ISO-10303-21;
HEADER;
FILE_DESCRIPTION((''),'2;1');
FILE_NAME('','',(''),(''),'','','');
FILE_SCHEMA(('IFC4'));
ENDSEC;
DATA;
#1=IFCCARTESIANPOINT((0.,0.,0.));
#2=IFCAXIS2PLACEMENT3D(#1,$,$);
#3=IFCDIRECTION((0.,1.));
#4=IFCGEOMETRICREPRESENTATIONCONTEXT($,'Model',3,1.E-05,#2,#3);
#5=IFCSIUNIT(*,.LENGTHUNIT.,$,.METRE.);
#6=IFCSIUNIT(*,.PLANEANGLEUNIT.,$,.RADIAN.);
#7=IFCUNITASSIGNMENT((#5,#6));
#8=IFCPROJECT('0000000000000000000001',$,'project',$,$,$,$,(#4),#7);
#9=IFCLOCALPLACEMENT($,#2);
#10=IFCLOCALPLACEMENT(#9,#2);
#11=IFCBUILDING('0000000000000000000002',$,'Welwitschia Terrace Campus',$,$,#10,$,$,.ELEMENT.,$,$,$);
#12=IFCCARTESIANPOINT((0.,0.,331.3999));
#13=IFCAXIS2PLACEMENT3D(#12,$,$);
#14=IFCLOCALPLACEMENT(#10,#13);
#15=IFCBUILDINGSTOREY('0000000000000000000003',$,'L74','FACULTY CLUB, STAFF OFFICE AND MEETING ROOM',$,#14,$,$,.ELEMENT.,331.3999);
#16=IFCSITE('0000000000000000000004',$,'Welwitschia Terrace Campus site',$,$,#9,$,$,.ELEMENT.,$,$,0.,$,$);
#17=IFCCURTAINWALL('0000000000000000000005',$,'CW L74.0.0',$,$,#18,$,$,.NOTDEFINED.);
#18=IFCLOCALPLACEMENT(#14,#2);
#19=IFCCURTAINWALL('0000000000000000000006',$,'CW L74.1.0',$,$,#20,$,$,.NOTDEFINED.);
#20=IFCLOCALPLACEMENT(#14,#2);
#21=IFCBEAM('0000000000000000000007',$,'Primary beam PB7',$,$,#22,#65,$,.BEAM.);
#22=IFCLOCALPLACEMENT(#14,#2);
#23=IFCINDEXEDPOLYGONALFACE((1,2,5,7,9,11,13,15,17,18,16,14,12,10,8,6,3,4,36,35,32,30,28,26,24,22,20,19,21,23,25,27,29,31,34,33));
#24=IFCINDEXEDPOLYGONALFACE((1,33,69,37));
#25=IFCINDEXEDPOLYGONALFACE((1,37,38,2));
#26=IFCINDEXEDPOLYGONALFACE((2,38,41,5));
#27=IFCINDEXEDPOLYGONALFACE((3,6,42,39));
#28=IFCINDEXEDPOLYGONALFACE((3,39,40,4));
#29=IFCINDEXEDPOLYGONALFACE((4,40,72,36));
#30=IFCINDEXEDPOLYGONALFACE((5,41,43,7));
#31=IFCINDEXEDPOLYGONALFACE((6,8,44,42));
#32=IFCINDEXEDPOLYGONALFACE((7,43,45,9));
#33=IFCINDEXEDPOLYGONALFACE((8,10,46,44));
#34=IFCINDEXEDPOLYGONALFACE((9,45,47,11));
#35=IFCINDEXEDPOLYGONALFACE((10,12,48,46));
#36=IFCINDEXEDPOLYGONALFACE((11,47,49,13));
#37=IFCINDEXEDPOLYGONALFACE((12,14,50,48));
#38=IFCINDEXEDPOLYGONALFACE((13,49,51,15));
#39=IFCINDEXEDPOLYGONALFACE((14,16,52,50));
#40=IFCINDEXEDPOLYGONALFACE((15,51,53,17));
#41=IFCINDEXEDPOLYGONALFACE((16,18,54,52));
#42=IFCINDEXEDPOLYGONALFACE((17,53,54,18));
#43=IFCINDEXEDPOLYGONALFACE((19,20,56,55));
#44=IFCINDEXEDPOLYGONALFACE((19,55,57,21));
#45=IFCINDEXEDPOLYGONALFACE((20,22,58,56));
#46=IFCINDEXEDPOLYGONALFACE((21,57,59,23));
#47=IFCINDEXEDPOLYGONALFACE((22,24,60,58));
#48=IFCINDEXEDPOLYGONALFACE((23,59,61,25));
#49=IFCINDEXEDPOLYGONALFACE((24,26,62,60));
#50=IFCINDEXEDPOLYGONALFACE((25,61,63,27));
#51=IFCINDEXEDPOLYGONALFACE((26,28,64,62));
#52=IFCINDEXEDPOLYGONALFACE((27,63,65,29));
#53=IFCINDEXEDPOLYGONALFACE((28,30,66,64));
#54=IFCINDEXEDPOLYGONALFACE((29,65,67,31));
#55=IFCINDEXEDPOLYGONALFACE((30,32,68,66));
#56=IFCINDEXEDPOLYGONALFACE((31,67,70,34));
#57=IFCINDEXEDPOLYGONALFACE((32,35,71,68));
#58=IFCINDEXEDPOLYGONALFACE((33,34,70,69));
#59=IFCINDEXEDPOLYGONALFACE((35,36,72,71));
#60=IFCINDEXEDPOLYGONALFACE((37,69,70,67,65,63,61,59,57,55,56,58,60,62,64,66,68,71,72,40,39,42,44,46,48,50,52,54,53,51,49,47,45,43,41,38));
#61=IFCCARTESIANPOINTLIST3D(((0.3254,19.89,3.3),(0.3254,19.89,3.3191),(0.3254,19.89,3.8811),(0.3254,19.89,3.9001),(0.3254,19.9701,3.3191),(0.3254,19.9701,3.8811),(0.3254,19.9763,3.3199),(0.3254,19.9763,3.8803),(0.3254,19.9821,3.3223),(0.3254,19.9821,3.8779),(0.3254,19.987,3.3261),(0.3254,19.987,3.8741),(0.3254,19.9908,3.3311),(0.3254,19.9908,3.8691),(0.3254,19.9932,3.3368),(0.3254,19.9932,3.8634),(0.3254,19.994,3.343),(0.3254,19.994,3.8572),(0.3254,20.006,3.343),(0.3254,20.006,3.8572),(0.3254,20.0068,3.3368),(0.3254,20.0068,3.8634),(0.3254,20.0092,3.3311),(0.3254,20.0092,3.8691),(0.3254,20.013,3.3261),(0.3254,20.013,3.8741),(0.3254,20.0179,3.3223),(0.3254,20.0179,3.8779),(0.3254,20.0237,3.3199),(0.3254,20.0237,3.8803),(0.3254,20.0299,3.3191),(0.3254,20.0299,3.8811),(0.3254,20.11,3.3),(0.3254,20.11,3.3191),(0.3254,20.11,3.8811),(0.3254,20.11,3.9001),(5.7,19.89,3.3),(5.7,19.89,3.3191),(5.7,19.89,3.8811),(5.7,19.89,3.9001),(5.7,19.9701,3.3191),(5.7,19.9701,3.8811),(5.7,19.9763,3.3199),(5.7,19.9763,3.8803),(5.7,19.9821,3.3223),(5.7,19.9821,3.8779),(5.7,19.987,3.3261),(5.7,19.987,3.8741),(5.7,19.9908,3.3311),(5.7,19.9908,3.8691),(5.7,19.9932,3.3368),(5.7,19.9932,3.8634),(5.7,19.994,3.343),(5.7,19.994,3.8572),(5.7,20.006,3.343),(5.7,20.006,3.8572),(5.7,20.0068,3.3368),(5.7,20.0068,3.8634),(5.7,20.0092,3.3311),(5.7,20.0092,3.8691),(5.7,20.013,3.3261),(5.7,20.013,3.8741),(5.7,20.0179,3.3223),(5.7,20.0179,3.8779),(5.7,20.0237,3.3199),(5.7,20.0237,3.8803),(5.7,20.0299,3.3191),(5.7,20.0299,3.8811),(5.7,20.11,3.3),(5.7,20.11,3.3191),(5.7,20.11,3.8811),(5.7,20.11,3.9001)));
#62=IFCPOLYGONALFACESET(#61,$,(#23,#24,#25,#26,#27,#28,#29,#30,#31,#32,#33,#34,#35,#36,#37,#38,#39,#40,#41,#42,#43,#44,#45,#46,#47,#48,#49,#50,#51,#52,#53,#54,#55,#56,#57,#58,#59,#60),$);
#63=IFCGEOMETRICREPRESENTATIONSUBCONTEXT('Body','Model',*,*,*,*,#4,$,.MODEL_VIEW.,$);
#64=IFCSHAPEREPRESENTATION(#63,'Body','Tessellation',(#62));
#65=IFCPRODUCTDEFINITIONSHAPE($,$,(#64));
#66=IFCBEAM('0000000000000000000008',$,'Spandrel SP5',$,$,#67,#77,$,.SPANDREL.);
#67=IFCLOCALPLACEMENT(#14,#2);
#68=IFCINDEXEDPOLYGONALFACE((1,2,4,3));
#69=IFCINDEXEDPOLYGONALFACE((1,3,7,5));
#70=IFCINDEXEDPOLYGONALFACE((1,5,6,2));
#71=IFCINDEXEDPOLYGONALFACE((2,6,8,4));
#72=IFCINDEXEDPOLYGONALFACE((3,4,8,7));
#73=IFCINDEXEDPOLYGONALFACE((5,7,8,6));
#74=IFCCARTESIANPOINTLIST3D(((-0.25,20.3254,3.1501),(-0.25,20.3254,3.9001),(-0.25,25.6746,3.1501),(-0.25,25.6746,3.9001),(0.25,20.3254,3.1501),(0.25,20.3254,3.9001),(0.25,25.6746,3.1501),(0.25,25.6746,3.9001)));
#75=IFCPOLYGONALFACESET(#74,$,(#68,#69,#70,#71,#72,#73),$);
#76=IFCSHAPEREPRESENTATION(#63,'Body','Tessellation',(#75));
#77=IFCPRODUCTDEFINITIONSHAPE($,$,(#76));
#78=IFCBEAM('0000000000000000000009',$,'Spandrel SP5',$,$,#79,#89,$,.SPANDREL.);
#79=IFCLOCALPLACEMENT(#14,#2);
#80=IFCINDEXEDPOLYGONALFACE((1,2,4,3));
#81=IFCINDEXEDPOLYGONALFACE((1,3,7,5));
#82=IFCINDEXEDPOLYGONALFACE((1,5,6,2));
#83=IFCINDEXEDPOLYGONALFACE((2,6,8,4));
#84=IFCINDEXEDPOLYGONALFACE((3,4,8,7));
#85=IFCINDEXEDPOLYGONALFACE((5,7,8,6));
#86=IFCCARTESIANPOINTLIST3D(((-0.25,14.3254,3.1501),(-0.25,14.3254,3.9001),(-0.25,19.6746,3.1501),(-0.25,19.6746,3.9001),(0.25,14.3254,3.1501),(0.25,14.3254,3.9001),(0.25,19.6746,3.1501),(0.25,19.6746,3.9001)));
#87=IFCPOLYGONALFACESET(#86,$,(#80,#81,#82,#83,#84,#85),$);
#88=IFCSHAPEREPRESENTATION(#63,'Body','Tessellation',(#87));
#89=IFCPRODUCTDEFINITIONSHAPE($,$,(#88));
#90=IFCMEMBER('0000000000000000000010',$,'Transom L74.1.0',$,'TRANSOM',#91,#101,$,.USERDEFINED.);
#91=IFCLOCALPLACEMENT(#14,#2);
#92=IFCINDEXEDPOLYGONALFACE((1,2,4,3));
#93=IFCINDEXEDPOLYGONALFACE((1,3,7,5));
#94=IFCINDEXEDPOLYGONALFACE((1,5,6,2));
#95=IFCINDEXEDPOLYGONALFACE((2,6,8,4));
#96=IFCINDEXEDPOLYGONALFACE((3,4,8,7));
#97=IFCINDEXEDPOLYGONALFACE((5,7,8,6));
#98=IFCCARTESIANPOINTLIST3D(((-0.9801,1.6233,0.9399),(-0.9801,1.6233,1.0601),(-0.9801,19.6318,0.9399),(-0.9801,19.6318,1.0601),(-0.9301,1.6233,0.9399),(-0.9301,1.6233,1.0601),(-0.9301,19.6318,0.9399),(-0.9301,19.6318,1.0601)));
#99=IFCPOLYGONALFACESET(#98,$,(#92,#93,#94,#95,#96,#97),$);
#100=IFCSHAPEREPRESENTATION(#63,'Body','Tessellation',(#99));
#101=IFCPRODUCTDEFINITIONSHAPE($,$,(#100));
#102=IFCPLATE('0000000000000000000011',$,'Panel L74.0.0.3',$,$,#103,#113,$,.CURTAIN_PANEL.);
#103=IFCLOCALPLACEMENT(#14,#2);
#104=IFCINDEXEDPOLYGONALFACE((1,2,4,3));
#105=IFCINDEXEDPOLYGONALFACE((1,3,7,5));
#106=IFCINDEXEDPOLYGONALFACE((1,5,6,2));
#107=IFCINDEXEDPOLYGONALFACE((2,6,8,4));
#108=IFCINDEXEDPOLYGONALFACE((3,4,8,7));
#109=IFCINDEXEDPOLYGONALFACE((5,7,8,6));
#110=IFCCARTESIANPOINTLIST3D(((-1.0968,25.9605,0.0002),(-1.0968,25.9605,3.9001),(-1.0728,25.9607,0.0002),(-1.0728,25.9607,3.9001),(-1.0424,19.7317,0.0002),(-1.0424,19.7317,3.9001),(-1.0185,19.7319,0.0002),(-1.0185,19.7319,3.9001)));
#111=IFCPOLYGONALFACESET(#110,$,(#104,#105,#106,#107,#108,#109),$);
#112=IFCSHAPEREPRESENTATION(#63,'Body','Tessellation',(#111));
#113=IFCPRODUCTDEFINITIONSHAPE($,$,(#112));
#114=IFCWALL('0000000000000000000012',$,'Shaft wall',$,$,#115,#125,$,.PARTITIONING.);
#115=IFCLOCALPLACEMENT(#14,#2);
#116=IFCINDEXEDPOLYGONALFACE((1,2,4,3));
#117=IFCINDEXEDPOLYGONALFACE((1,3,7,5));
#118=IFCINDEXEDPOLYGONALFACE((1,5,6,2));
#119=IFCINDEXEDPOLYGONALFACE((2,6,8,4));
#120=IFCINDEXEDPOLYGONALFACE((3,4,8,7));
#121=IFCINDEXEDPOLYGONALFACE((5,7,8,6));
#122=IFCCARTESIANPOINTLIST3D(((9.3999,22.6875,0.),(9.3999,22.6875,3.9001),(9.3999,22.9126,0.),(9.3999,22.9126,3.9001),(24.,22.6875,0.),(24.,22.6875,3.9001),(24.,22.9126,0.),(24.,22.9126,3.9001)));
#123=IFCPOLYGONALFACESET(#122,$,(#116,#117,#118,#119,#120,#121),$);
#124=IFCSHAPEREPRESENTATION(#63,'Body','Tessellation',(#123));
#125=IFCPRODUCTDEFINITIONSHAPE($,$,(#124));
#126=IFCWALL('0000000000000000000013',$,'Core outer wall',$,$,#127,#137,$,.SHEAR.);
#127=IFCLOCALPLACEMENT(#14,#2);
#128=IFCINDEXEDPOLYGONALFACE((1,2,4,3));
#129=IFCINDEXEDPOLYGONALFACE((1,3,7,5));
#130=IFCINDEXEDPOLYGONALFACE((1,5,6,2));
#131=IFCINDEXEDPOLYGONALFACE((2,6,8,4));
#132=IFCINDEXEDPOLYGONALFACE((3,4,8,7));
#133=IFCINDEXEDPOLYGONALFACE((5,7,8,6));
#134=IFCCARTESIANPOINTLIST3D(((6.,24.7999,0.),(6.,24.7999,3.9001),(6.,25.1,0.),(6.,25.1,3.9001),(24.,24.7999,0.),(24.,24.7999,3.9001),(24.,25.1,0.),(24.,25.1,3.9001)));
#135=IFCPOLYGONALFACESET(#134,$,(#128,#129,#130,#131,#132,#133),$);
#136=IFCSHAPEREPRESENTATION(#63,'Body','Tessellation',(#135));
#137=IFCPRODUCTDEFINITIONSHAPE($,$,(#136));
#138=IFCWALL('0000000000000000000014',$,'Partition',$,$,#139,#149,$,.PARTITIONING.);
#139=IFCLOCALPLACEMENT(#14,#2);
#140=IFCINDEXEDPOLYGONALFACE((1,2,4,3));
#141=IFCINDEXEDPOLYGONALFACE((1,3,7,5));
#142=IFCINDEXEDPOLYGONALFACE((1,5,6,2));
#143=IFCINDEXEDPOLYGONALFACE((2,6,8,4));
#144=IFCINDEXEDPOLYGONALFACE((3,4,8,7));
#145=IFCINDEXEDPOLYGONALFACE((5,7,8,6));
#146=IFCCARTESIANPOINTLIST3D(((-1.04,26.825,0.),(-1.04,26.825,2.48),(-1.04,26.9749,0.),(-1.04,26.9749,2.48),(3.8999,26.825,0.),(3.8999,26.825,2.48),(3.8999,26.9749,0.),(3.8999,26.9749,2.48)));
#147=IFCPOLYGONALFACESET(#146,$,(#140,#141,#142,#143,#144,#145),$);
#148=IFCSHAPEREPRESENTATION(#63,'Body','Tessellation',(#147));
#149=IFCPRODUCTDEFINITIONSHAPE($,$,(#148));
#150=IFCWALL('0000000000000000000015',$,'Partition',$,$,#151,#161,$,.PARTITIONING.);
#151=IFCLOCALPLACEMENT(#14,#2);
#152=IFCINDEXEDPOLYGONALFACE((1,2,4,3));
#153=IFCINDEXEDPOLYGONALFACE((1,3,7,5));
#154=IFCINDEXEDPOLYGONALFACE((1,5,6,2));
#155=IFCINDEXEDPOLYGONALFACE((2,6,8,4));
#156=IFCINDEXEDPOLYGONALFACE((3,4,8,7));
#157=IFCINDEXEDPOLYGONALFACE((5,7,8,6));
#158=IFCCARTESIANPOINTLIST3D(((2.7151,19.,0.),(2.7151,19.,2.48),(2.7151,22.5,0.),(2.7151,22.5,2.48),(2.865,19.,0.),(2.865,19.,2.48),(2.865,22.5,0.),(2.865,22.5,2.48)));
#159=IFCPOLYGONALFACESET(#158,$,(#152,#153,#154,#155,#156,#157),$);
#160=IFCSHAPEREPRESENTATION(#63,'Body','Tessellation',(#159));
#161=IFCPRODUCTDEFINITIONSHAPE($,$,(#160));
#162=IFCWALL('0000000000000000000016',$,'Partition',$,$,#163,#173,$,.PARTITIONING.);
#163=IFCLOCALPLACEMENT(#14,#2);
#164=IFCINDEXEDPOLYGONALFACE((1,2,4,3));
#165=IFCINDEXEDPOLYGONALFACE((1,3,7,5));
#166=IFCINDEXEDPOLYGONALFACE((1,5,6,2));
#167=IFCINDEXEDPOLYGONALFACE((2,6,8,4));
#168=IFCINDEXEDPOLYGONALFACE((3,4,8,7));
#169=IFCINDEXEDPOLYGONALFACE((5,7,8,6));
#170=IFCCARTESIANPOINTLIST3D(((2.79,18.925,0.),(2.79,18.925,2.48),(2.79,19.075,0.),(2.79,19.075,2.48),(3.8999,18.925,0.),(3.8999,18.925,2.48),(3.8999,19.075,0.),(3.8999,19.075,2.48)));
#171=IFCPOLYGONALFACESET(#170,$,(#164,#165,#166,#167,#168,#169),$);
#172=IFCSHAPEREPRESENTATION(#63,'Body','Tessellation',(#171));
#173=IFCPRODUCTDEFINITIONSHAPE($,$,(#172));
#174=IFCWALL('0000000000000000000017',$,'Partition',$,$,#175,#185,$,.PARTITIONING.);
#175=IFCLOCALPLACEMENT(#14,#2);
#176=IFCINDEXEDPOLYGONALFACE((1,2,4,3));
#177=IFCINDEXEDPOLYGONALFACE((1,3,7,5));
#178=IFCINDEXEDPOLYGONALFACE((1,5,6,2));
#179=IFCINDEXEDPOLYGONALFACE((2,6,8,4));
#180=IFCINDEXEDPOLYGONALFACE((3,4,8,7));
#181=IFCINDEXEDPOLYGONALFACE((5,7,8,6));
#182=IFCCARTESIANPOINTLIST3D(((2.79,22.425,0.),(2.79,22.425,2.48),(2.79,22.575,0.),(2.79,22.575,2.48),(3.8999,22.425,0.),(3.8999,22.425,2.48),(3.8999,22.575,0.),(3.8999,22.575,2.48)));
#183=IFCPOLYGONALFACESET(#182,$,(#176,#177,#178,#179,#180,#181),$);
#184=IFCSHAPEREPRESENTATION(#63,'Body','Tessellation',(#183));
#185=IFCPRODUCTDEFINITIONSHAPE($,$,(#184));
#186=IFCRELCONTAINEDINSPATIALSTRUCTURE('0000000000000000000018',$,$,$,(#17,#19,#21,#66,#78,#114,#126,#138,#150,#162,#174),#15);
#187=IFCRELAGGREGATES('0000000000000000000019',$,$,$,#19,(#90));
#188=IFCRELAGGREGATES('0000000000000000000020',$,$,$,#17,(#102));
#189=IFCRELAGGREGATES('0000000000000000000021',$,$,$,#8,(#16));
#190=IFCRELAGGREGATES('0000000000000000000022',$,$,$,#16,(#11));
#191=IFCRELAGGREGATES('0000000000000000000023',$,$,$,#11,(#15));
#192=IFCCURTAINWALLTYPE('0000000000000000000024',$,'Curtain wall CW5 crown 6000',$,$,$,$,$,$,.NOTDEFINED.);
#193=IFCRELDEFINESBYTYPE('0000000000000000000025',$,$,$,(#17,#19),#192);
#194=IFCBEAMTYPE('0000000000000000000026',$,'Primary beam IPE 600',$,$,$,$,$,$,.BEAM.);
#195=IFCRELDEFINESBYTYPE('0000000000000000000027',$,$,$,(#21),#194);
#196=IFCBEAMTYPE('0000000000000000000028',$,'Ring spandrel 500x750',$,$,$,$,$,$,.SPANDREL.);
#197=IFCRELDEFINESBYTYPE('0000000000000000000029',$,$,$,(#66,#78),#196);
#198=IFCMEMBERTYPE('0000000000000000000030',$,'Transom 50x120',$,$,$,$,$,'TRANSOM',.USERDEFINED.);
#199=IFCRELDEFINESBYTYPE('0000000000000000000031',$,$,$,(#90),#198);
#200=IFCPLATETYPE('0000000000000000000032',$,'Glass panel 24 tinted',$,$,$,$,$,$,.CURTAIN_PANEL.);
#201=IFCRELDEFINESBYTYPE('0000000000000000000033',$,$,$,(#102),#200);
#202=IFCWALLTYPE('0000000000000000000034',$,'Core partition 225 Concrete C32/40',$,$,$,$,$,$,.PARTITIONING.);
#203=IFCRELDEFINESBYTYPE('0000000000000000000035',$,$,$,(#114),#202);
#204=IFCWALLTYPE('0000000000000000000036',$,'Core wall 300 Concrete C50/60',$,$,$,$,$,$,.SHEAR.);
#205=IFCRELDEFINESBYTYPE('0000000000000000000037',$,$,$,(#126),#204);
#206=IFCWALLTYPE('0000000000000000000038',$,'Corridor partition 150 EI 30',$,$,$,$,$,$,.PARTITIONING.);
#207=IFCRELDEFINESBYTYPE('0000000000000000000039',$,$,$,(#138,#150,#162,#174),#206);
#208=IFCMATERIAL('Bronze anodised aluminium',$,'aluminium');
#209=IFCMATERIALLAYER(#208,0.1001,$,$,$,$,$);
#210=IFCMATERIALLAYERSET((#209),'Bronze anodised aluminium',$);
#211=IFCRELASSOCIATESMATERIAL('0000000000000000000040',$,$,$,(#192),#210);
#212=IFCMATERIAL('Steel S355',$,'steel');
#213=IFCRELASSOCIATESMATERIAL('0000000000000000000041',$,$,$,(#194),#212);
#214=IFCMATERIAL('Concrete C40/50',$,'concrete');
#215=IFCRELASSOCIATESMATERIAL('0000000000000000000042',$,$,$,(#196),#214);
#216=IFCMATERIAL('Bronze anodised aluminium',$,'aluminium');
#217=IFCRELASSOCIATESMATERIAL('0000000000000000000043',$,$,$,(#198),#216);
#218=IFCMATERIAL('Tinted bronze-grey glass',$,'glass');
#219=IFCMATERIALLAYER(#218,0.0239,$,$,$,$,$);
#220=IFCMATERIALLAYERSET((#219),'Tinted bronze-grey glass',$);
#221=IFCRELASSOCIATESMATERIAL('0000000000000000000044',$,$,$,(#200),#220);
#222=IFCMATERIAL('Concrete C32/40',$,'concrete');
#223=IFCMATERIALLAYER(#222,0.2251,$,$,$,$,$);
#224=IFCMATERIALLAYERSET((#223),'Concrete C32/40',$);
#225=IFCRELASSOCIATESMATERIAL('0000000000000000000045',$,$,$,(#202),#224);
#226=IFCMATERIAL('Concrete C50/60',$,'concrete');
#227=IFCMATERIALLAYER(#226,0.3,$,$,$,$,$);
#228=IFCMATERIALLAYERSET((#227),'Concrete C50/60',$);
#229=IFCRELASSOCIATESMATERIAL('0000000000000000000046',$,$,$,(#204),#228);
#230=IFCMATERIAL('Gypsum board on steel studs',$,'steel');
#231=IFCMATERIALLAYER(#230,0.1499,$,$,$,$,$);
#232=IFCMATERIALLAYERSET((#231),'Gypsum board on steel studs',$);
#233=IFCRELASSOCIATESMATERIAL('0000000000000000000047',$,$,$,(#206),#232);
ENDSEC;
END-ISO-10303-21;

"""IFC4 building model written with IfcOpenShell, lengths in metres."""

from ifc_helpers import new_model, si_unit, direction, frame, frame_2d, origin, origin_2d, place, context, subcontext, project, spatial, rectangle, i_section, extrude, material, layer, layer_set, material_profile, profile_set, type_object, element, aggregate, save


model = new_model("IFC4")

# Units and contexts
model_context = context("Model", 3, precision=1e-05, world=origin(), true_north=direction((0.0, 1.0)))
body_context = subcontext(model_context, "Body", "Model", "MODEL_VIEW")
ifc_project = project(units=[si_unit("LENGTHUNIT", "METRE"), si_unit("PLANEANGLEUNIT", "RADIAN")], contexts=[model_context])

# Site, building, storey
site_placement = place(None, origin())
site = spatial("IfcSite", under=ifc_project, at=site_placement, Name="Welwitschia Terrace Campus site", CompositionType="ELEMENT", RefElevation=0.0)
building_placement = place(site_placement, origin())
building = spatial("IfcBuilding", under=site, at=building_placement, Name="Welwitschia Terrace Campus", CompositionType="ELEMENT")
storey_placement = place(building_placement, frame((0.0, 0.0, 331.3999)))
storey = spatial("IfcBuildingStorey", under=building, at=storey_placement, Name="L74", Description="FACULTY CLUB, STAFF OFFICE AND MEETING ROOM", CompositionType="ELEMENT", Elevation=331.3999)

# Curtain wall
ifc_material_1 = material(Name="Bronze anodised aluminium", Category="aluminium")
ifc_layer_1 = layer(ifc_material_1, 0.1001)
ifc_layer_set_1 = layer_set([ifc_layer_1], Name="Bronze anodised aluminium")
curtain_wall_type = type_object("IfcCurtainWallType", Name="Curtain wall CW5 crown 6000", PredefinedType="NOTDEFINED", material=ifc_layer_set_1)
curtain_wall_1_placement = place(storey_placement, origin())
curtain_wall_1 = element("IfcCurtainWall", 1, at=curtain_wall_1_placement, inside=storey, type_object=curtain_wall_type, Name="CW L74.0.0", PredefinedType="NOTDEFINED")

# Curtain wall
curtain_wall_2_placement = place(storey_placement, origin())
curtain_wall_2 = element("IfcCurtainWall", 2, at=curtain_wall_2_placement, inside=storey, type_object=curtain_wall_type, Name="CW L74.1.0", PredefinedType="NOTDEFINED")

# Beams
ifc_material_2 = material(Name="Steel S355", Category="steel")
ifc_material_profile_1 = material_profile(ifc_material_2, i_section(OverallWidth=0.22, OverallDepth=0.6001, WebThickness=0.012, FlangeThickness=0.019, FilletRadius=0.0239, at=origin_2d()))
ifc_profile_set_1 = profile_set([ifc_material_profile_1], Name="Steel S355")
beam_type_1 = type_object("IfcBeamType", Name="Primary beam IPE 600", PredefinedType="BEAM", material=ifc_profile_set_1)
beam_1_placement = place(storey_placement, frame((0.3254, 20.0, 3.6001), z_axis=(1.0, 0.0, 0.0), x_axis=(0.0, 1.0, 0.0)))
element("IfcBeam", 3, at=beam_1_placement, inside=storey, type_object=beam_type_1, Name="Primary beam PB7", PredefinedType="BEAM", context=body_context, shape_type="SweptSolid", body=[
    extrude(i_section(OverallWidth=0.22, OverallDepth=0.6001, WebThickness=0.012, FlangeThickness=0.019, FilletRadius=0.0239, at=origin_2d()), origin(), (0.0, 0.0, 1.0), 5.3745),
])
ifc_material_3 = material(Name="Concrete C40/50", Category="concrete")
ifc_material_profile_2 = material_profile(ifc_material_3, rectangle(XDim=0.5, YDim=0.75, at=origin_2d()))
ifc_profile_set_2 = profile_set([ifc_material_profile_2], Name="Concrete C40/50")
beam_type_2 = type_object("IfcBeamType", Name="Ring spandrel 500x750", PredefinedType="SPANDREL", material=ifc_profile_set_2)
for number, where, z_axis, x_axis, name in (
    (4, (0.0, 25.6746, 3.5251), (0.0, -1.0, 0.0), (1.0, 0.0, 0.0), "Spandrel SP5"),
    (5, (0.0, 19.6746, 3.5251), (0.0, -1.0, 0.0), (1.0, 0.0, 0.0), "Spandrel SP5"),
):
    element("IfcBeam", number, at=place(storey_placement, frame(where, z_axis=z_axis, x_axis=x_axis)), inside=storey, type_object=beam_type_2, Name=name, PredefinedType="SPANDREL", context=body_context, shape_type="SweptSolid", body=[
        extrude(rectangle(XDim=0.5, YDim=0.75, at=origin_2d()), origin(), (0.0, 0.0, 1.0), 5.3491),
    ])

# Member
ifc_material_4 = material(Name="Bronze anodised aluminium", Category="aluminium")
ifc_material_profile_3 = material_profile(ifc_material_4, rectangle(XDim=0.05, YDim=0.1201, at=origin_2d()))
ifc_profile_set_3 = profile_set([ifc_material_profile_3], Name="Bronze anodised aluminium")
member_type_1 = type_object("IfcMemberType", Name="Transom 50x120", ElementType="TRANSOM", PredefinedType="USERDEFINED", material=ifc_profile_set_3)
member_1_placement = place(storey_placement, frame((-0.9551, 19.6318, 1.0), z_axis=(0.0, -1.0, 0.0), x_axis=(1.0, 0.0, 0.0)))
member_1 = element("IfcMember", 6, at=member_1_placement, type_object=member_type_1, Name="Transom L74.1.0", ObjectType="TRANSOM", PredefinedType="USERDEFINED", context=body_context, shape_type="SweptSolid", body=[
    extrude(rectangle(XDim=0.05, YDim=0.1201, at=origin_2d()), origin(), (0.0, 0.0, 1.0), 18.0085),
])
aggregate(curtain_wall_2, [member_1])

# Plate
ifc_material_5 = material(Name="Tinted bronze-grey glass", Category="glass")
ifc_layer_2 = layer(ifc_material_5, 0.0239)
ifc_layer_set_2 = layer_set([ifc_layer_2], Name="Tinted bronze-grey glass")
plate_type = type_object("IfcPlateType", Name="Glass panel 24 tinted", PredefinedType="CURTAIN_PANEL", material=ifc_layer_set_2)
plate_placement = place(storey_placement, frame((-1.0576, 22.8462, 0.0002), z_axis=(0.0, 0.0, 1.0), x_axis=(0.008727, -0.999962, 0.0)))
plate = element("IfcPlate", 7, at=plate_placement, type_object=plate_type, Name="Panel L74.0.0.3", PredefinedType="CURTAIN_PANEL", context=body_context, shape_type="SweptSolid", body=[
    extrude(rectangle(XDim=6.229, YDim=0.0239, at=origin_2d()), origin(), (0.0, 0.0, 1.0), 3.8999),
])
aggregate(curtain_wall_1, [plate])

# Walls
ifc_material_6 = material(Name="Concrete C32/40", Category="concrete")
ifc_layer_3 = layer(ifc_material_6, 0.2251)
ifc_layer_set_3 = layer_set([ifc_layer_3], Name="Concrete C32/40")
wall_type_1 = type_object("IfcWallType", Name="Core partition 225 Concrete C32/40", PredefinedType="PARTITIONING", material=ifc_layer_set_3)
wall_1_placement = place(storey_placement, frame((9.3999, 22.8, 0.0), z_axis=(0.0, 0.0, 1.0), x_axis=(1.0, 0.0, 0.0)))
element("IfcWall", 8, at=wall_1_placement, inside=storey, type_object=wall_type_1, Name="Shaft wall", PredefinedType="PARTITIONING", context=body_context, shape_type="SweptSolid", body=[
    extrude(rectangle(XDim=14.6001, YDim=0.2251, at=frame_2d((7.3, 0.0))), origin(), (0.0, 0.0, 1.0), 3.9001),
])
ifc_material_7 = material(Name="Concrete C50/60", Category="concrete")
ifc_layer_4 = layer(ifc_material_7, 0.3)
ifc_layer_set_4 = layer_set([ifc_layer_4], Name="Concrete C50/60")
wall_type_2 = type_object("IfcWallType", Name="Core wall 300 Concrete C50/60", PredefinedType="SHEAR", material=ifc_layer_set_4)
wall_2_placement = place(storey_placement, frame((6.0, 24.95, 0.0), z_axis=(0.0, 0.0, 1.0), x_axis=(1.0, 0.0, 0.0)))
element("IfcWall", 9, at=wall_2_placement, inside=storey, type_object=wall_type_2, Name="Core outer wall", PredefinedType="SHEAR", context=body_context, shape_type="SweptSolid", body=[
    extrude(rectangle(XDim=18.0, YDim=0.3, at=frame_2d((9.0, 0.0))), origin(), (0.0, 0.0, 1.0), 3.9001),
])
ifc_material_8 = material(Name="Gypsum board on steel studs", Category="steel")
ifc_layer_5 = layer(ifc_material_8, 0.1499)
ifc_layer_set_5 = layer_set([ifc_layer_5], Name="Gypsum board on steel studs")
wall_type_3 = type_object("IfcWallType", Name="Corridor partition 150 EI 30", PredefinedType="PARTITIONING", material=ifc_layer_set_5)
wall_3_placement = place(storey_placement, frame((-1.04, 26.8999, 0.0), z_axis=(0.0, 0.0, 1.0), x_axis=(1.0, 0.0, 0.0)))
element("IfcWall", 10, at=wall_3_placement, inside=storey, type_object=wall_type_3, Name="Partition", PredefinedType="PARTITIONING", context=body_context, shape_type="SweptSolid", body=[
    extrude(rectangle(XDim=4.9399, YDim=0.1499, at=frame_2d((2.47, 0.0))), origin(), (0.0, 0.0, 1.0), 2.48),
])
wall_4_placement = place(storey_placement, frame((2.79, 19.0, 0.0), z_axis=(0.0, 0.0, 1.0), x_axis=(0.0, 1.0, 0.0)))
element("IfcWall", 11, at=wall_4_placement, inside=storey, type_object=wall_type_3, Name="Partition", PredefinedType="PARTITIONING", context=body_context, shape_type="SweptSolid", body=[
    extrude(rectangle(XDim=3.5, YDim=0.1499, at=frame_2d((1.75, 0.0))), origin(), (0.0, 0.0, 1.0), 2.48),
])
for number, where, z_axis, x_axis, name in (
    (12, (2.79, 19.0, 0.0), (0.0, 0.0, 1.0), (1.0, 0.0, 0.0), "Partition"),
    (13, (2.79, 22.5, 0.0), (0.0, 0.0, 1.0), (1.0, 0.0, 0.0), "Partition"),
):
    element("IfcWall", number, at=place(storey_placement, frame(where, z_axis=z_axis, x_axis=x_axis)), inside=storey, type_object=wall_type_3, Name=name, PredefinedType="PARTITIONING", context=body_context, shape_type="SweptSolid", body=[
        extrude(rectangle(XDim=1.1099, YDim=0.1499, at=frame_2d((0.5549, 0.0))), origin(), (0.0, 0.0, 1.0), 2.48),
    ])

save(model, "model.ifc")
